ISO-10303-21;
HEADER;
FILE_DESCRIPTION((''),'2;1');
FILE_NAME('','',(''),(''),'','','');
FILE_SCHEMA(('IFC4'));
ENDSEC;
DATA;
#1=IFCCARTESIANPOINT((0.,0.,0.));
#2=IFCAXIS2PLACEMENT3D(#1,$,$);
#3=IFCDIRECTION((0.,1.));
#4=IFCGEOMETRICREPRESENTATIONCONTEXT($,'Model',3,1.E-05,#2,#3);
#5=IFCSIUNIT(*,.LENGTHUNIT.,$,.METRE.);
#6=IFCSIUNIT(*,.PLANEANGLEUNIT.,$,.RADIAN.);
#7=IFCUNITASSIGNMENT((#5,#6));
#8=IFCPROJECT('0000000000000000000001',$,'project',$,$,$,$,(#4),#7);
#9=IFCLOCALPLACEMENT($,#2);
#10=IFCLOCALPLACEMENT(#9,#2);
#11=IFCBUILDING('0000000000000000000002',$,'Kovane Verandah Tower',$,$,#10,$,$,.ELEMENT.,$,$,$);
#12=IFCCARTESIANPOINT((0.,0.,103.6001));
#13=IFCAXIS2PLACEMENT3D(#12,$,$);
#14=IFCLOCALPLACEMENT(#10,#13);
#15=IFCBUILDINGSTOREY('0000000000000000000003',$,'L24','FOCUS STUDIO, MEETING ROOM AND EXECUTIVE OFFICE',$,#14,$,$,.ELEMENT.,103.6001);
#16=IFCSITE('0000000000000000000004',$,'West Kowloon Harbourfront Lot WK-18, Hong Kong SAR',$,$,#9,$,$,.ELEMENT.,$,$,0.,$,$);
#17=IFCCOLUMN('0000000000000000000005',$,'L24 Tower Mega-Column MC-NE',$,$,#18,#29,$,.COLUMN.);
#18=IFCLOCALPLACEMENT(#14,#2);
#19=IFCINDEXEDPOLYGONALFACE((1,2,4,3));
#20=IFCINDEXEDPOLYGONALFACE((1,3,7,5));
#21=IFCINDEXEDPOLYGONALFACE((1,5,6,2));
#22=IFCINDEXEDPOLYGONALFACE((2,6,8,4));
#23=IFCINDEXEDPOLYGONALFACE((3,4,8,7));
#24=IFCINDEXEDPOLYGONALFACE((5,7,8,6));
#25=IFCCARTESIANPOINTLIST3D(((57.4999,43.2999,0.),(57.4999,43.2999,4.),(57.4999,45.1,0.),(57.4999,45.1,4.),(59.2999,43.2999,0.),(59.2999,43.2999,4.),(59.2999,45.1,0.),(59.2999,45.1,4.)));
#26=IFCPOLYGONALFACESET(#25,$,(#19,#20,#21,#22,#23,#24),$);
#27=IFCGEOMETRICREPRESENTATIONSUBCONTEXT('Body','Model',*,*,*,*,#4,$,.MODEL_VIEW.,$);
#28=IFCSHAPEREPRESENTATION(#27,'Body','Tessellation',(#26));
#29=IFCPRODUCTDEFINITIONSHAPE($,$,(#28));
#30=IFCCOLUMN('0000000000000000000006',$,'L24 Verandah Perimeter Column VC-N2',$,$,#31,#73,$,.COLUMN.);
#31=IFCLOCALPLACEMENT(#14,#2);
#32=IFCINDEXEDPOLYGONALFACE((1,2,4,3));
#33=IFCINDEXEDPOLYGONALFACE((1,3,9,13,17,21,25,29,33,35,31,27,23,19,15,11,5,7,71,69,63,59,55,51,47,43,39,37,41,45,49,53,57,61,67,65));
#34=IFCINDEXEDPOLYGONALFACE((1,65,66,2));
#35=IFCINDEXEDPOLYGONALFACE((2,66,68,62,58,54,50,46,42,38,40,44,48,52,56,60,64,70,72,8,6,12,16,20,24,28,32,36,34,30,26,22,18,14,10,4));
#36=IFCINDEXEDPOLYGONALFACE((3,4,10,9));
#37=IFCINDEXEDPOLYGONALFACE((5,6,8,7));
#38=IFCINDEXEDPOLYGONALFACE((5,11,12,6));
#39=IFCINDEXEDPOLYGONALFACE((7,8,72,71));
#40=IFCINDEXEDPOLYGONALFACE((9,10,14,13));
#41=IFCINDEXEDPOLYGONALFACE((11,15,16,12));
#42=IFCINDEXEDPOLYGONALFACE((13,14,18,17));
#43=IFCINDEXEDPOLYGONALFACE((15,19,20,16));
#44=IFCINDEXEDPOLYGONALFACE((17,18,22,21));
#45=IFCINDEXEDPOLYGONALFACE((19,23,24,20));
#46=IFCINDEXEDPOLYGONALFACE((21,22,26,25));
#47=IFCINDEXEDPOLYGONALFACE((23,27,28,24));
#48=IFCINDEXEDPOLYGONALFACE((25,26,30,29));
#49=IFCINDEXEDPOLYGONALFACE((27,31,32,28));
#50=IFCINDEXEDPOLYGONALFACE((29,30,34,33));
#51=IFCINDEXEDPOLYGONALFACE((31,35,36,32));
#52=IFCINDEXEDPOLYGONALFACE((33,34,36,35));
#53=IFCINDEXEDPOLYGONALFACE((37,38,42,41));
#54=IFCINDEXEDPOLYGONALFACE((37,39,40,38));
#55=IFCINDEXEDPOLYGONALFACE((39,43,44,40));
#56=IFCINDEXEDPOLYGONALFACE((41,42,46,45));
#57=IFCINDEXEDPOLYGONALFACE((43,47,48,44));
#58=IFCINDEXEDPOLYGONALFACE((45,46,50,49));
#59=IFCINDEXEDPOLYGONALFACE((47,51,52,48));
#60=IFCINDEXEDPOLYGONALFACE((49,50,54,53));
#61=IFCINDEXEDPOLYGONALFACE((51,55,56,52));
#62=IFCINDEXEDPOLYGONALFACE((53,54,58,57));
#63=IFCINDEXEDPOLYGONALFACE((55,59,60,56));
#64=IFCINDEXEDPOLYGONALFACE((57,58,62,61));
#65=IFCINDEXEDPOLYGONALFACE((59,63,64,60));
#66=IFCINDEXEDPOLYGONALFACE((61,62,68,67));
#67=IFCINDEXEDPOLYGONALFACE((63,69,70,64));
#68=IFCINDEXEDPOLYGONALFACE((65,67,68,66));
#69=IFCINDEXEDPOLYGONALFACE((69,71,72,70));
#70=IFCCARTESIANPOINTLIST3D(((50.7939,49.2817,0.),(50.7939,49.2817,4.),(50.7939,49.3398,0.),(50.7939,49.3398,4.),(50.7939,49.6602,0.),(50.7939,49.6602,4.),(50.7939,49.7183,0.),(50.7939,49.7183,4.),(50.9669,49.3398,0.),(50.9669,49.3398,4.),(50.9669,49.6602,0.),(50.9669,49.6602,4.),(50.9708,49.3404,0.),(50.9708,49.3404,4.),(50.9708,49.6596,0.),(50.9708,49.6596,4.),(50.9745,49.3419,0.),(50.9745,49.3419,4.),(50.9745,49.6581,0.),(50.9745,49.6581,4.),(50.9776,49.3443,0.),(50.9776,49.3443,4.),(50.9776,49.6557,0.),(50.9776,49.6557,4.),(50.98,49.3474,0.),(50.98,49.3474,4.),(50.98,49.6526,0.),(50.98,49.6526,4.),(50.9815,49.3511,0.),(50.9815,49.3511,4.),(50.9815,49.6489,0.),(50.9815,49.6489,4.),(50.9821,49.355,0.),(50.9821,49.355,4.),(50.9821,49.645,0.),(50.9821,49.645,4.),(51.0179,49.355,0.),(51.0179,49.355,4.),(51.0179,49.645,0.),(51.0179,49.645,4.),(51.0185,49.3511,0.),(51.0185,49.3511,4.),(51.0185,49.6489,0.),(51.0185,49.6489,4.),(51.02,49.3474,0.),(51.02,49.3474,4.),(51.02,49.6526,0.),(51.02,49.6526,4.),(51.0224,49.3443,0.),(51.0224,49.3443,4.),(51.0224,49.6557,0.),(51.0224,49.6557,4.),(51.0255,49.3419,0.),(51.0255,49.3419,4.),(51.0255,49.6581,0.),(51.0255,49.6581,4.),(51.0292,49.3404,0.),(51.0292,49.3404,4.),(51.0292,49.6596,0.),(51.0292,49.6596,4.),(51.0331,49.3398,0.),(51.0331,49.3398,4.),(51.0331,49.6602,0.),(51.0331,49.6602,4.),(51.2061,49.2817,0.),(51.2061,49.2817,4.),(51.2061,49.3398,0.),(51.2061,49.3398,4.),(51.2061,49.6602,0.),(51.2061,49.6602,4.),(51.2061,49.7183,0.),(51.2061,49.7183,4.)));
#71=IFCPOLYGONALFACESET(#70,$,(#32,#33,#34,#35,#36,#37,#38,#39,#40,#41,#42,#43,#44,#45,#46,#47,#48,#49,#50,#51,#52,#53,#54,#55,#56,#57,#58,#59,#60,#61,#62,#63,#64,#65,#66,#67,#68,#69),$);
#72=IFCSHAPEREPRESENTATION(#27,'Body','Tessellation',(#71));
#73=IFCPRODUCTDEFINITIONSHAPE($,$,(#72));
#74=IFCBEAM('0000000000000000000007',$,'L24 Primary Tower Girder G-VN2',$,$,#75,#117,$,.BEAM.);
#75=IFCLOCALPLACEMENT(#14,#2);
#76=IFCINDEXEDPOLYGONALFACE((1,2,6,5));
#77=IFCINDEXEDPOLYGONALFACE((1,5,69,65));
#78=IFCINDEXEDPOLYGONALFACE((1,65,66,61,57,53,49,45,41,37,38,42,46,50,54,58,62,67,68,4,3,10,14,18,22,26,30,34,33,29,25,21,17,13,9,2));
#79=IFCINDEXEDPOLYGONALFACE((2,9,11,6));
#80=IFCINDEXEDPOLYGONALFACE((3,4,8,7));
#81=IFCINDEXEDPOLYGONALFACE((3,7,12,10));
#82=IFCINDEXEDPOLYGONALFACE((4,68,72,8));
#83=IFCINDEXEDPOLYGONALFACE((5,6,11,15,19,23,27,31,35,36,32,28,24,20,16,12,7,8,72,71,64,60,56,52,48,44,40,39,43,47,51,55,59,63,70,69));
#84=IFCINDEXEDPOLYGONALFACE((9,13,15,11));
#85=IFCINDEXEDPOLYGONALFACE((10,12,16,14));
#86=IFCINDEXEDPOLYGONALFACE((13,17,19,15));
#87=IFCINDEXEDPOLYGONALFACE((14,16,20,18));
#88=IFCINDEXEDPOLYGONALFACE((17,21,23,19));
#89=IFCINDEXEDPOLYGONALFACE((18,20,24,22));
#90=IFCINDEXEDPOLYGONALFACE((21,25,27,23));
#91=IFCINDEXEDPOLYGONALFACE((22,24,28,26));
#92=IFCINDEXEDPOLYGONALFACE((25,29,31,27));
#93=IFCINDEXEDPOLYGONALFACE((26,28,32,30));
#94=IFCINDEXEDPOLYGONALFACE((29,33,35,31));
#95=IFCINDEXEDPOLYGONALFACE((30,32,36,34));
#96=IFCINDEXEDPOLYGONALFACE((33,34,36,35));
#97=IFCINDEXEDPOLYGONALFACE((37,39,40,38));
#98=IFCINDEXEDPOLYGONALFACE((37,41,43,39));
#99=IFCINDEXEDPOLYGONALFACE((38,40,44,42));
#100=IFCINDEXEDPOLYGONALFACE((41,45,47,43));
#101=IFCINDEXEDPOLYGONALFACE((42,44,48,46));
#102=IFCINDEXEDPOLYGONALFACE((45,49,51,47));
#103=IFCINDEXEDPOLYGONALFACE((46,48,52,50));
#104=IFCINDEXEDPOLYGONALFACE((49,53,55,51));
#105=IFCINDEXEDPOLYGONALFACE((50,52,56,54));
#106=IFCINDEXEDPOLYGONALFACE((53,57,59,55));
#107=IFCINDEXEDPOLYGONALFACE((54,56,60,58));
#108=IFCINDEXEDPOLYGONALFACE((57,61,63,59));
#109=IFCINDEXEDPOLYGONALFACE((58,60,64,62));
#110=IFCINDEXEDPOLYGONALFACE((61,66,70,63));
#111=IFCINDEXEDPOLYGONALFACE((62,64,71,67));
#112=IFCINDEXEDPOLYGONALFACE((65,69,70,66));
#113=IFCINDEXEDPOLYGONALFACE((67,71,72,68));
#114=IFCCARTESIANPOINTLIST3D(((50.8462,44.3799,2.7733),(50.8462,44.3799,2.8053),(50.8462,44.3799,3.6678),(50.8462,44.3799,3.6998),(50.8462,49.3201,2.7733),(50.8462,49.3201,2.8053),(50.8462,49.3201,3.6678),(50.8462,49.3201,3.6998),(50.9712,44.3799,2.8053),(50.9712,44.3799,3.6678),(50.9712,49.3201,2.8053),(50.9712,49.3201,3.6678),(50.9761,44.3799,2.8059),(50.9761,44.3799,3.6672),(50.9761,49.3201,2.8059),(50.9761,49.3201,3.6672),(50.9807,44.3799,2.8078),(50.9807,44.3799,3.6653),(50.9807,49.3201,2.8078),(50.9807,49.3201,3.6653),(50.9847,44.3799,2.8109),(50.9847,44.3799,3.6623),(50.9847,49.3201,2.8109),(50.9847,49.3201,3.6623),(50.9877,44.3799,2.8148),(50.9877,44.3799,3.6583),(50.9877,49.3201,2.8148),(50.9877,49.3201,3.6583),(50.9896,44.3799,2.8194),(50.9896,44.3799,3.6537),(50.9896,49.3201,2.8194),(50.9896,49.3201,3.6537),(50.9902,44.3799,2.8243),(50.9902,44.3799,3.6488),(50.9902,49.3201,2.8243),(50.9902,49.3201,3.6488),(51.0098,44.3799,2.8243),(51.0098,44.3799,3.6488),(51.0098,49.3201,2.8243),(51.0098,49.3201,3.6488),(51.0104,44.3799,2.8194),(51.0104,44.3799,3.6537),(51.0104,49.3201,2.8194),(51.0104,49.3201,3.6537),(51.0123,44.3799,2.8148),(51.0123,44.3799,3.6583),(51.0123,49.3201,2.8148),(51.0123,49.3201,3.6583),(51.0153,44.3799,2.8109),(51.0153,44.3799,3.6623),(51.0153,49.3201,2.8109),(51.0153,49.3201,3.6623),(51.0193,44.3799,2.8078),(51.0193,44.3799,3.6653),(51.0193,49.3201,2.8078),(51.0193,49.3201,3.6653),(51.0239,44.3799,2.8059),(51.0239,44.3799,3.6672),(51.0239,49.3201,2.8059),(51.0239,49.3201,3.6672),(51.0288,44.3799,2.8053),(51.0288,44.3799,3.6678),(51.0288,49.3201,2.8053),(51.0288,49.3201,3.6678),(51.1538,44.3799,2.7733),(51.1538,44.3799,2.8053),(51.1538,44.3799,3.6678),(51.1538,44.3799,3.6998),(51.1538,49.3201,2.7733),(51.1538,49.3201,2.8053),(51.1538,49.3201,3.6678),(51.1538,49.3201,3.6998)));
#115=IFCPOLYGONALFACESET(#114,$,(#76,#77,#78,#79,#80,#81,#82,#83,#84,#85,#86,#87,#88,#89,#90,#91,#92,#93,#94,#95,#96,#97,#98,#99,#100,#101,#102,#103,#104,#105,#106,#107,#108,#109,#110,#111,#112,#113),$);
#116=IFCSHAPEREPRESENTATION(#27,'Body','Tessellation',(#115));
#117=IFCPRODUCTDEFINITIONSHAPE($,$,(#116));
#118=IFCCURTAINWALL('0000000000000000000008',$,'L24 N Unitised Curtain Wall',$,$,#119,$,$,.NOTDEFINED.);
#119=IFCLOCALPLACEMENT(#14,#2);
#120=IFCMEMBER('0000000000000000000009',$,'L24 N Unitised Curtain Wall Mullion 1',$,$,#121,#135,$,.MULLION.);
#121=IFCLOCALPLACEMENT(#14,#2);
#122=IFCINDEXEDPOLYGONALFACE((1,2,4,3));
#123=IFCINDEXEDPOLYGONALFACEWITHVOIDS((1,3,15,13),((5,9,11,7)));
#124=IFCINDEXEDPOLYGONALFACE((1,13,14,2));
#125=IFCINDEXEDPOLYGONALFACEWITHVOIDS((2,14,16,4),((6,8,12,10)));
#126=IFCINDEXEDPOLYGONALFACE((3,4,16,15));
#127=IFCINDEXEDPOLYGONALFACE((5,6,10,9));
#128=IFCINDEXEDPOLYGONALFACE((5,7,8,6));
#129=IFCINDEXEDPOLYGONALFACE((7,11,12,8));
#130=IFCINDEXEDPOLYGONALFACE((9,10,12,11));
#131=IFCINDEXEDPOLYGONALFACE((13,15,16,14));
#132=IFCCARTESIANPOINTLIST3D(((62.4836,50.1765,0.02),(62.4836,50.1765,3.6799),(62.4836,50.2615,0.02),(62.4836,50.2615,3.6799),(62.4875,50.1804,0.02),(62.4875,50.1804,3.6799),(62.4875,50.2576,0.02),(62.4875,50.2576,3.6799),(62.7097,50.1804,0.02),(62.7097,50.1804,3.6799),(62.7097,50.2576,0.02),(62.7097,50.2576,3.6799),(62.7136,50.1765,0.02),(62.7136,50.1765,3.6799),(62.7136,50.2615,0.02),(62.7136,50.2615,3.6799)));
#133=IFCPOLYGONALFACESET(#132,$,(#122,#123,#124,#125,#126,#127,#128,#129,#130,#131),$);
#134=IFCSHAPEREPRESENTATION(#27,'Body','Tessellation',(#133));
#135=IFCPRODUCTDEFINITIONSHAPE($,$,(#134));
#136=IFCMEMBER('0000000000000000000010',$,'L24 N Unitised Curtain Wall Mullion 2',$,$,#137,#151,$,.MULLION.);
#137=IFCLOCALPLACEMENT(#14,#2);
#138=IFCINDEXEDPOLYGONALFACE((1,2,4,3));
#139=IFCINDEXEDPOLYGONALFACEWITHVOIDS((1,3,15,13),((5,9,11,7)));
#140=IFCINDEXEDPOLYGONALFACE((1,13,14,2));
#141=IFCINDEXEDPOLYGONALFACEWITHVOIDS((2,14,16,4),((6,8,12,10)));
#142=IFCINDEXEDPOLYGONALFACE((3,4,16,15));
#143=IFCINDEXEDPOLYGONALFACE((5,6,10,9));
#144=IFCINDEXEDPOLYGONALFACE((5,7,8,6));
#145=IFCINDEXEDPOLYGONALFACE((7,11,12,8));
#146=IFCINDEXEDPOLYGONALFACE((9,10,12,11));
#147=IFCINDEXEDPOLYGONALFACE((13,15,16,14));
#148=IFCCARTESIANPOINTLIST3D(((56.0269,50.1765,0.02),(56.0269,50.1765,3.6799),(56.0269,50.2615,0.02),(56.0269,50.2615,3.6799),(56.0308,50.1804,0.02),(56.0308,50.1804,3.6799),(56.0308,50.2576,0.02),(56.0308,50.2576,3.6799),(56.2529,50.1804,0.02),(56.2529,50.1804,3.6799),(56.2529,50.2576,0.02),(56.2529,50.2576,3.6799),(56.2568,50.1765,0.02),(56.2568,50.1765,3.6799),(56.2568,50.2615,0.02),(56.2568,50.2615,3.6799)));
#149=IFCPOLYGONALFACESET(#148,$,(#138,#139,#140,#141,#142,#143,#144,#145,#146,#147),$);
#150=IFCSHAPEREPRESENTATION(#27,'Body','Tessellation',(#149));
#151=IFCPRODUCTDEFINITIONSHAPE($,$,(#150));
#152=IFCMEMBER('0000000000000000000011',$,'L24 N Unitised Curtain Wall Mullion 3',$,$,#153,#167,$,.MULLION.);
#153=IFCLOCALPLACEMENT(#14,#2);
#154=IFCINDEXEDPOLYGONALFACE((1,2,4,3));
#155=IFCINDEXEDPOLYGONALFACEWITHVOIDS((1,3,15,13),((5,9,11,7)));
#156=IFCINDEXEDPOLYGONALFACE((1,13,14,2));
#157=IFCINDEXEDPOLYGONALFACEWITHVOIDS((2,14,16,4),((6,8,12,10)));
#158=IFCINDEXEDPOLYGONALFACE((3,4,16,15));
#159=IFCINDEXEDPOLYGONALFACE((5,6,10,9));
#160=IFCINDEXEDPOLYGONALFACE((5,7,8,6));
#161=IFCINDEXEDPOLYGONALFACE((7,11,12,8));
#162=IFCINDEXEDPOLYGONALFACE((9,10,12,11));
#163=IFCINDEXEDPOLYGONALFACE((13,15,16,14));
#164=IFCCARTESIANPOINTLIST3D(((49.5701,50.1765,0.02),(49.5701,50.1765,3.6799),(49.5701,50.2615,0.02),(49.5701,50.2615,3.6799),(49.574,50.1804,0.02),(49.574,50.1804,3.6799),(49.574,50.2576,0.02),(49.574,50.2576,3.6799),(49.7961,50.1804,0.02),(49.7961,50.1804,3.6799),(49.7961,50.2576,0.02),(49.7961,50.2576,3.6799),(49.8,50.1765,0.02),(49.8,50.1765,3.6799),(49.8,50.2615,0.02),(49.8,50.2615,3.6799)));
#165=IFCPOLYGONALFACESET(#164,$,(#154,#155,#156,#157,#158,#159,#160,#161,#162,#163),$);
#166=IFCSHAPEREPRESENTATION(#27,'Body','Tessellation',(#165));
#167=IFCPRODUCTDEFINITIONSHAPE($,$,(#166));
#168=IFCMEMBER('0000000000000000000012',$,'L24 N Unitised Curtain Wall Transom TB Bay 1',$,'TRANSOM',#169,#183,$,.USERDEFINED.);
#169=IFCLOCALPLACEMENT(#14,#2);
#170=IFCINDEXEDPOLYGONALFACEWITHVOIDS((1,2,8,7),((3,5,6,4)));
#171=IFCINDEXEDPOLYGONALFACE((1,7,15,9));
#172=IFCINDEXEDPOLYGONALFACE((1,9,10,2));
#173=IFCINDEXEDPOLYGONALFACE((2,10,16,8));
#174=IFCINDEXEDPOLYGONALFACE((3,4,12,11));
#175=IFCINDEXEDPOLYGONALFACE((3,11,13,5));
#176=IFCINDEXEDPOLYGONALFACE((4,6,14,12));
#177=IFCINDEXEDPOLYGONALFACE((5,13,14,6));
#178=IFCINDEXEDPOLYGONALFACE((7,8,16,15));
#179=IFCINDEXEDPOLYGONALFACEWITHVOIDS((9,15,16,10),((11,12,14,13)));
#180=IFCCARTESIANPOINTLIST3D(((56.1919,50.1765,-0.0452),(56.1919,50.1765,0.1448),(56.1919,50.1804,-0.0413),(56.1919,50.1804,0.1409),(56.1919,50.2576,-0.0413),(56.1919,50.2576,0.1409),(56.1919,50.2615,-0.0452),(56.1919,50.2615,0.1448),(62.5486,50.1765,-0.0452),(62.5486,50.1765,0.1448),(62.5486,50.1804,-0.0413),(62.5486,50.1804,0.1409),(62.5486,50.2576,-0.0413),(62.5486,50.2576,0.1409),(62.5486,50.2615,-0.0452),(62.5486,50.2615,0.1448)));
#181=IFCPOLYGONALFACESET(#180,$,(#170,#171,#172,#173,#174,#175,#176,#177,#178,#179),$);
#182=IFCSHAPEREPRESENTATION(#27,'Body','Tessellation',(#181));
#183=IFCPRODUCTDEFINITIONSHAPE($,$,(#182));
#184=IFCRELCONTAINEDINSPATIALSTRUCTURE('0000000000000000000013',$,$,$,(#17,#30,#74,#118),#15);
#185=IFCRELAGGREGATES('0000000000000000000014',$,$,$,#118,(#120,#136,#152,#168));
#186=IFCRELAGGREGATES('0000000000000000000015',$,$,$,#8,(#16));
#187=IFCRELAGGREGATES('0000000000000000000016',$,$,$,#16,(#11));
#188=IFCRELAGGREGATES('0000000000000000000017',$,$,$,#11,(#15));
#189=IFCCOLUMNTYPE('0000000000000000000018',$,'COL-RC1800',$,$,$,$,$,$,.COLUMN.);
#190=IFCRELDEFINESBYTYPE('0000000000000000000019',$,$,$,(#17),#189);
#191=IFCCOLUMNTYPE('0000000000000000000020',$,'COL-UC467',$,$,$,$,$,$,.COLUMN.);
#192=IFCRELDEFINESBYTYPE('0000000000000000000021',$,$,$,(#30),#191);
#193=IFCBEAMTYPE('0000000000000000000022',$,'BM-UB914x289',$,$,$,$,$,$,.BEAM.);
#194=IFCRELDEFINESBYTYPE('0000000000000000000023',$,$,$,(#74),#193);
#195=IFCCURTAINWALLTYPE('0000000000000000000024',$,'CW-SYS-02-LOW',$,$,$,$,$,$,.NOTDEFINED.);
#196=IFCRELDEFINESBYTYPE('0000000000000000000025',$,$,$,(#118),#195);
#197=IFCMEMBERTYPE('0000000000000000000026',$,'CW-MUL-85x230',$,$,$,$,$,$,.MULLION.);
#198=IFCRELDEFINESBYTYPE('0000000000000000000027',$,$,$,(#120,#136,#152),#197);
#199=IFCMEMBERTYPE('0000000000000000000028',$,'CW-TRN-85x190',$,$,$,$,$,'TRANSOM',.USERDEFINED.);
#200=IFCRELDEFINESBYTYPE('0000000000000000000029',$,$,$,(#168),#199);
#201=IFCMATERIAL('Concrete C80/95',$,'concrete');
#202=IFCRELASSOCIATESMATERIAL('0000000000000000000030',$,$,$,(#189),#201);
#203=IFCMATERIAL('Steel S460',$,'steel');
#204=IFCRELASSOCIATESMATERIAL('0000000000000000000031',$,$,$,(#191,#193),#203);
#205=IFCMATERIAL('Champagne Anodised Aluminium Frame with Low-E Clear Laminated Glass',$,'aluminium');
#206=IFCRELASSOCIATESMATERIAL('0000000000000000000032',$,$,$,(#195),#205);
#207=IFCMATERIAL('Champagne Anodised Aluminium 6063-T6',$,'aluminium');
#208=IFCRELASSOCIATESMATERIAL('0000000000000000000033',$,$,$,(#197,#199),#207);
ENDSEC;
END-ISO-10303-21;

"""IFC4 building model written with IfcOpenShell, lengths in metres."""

from ifc_helpers import new_model, si_unit, direction, frame, origin, origin_2d, place, context, subcontext, project, spatial, rectangle, hollow_rectangle, i_section, extrude, material, material_profile, profile_set, type_object, element, aggregate, save


model = new_model("IFC4")

# Units and contexts
model_context = context("Model", 3, precision=1e-05, world=origin(), true_north=direction((0.0, 1.0)))
body_context = subcontext(model_context, "Body", "Model", "MODEL_VIEW")
ifc_project = project(units=[si_unit("LENGTHUNIT", "METRE"), si_unit("PLANEANGLEUNIT", "RADIAN")], contexts=[model_context])

# Site, building, storey
site_placement = place(None, origin())
site = spatial("IfcSite", under=ifc_project, at=site_placement, Name="West Kowloon Harbourfront Lot WK-18, Hong Kong SAR", CompositionType="ELEMENT", RefElevation=0.0)
building_placement = place(site_placement, origin())
building = spatial("IfcBuilding", under=site, at=building_placement, Name="Kovane Verandah Tower", CompositionType="ELEMENT")
storey_placement = place(building_placement, frame((0.0, 0.0, 103.6001)))
storey = spatial("IfcBuildingStorey", under=building, at=storey_placement, Name="L24", Description="FOCUS STUDIO, MEETING ROOM AND EXECUTIVE OFFICE", CompositionType="ELEMENT", Elevation=103.6001)

# Columns
ifc_material_1 = material(Name="Concrete C80/95", Category="concrete")
ifc_material_profile_1 = material_profile(ifc_material_1, rectangle(XDim=1.8, YDim=1.8, at=origin_2d()), Name="RC1800x1800")
ifc_profile_set_1 = profile_set([ifc_material_profile_1], Name="Concrete C80/95")
column_type_1 = type_object("IfcColumnType", Name="COL-RC1800", PredefinedType="COLUMN", material=ifc_profile_set_1)
column_1_placement = place(storey_placement, frame((58.3999, 44.2, 0.0), z_axis=(0.0, 0.0, 1.0), x_axis=(1.0, 0.0, 0.0)))
element("IfcColumn", 1, at=column_1_placement, inside=storey, type_object=column_type_1, Name="L24 Tower Mega-Column MC-NE", PredefinedType="COLUMN", context=body_context, shape_type="SweptSolid", body=[
    extrude(rectangle(XDim=1.8, YDim=1.8, at=origin_2d()), origin(), (0.0, 0.0, 1.0), 4.0),
])
ifc_material_2 = material(Name="Steel S460", Category="steel")
ifc_material_profile_2 = material_profile(ifc_material_2, i_section(OverallWidth=0.4121, OverallDepth=0.4365, WebThickness=0.0359, FlangeThickness=0.0581, FilletRadius=0.0151, at=origin_2d()), Name="UC356x406x467")
ifc_profile_set_2 = profile_set([ifc_material_profile_2], Name="Steel S460")
column_type_2 = type_object("IfcColumnType", Name="COL-UC467", PredefinedType="COLUMN", material=ifc_profile_set_2)
column_2_placement = place(storey_placement, frame((51.0, 49.5, 0.0), z_axis=(0.0, 0.0, 1.0), x_axis=(1.0, 0.0, 0.0)))
element("IfcColumn", 2, at=column_2_placement, inside=storey, type_object=column_type_2, Name="L24 Verandah Perimeter Column VC-N2", PredefinedType="COLUMN", context=body_context, shape_type="SweptSolid", body=[
    extrude(i_section(OverallWidth=0.4121, OverallDepth=0.4365, WebThickness=0.0359, FlangeThickness=0.0581, FilletRadius=0.0151, at=origin_2d()), origin(), (0.0, 0.0, 1.0), 4.0),
])

# Beam
ifc_material_profile_3 = material_profile(ifc_material_2, i_section(OverallWidth=0.3076, OverallDepth=0.9265, WebThickness=0.0195, FlangeThickness=0.032, FilletRadius=0.019, at=origin_2d()), Name="UB914x305x289")
ifc_profile_set_3 = profile_set([ifc_material_profile_3], Name="Steel S460")
beam_type = type_object("IfcBeamType", Name="BM-UB914x289", PredefinedType="BEAM", material=ifc_profile_set_3)
beam_placement = place(storey_placement, frame((51.0, 44.3799, 3.2366), z_axis=(0.0, 1.0, 0.0), x_axis=(-1.0, 0.0, 0.0)))
element("IfcBeam", 3, at=beam_placement, inside=storey, type_object=beam_type, Name="L24 Primary Tower Girder G-VN2", PredefinedType="BEAM", context=body_context, shape_type="SweptSolid", body=[
    extrude(i_section(OverallWidth=0.3076, OverallDepth=0.9265, WebThickness=0.0195, FlangeThickness=0.032, FilletRadius=0.019, at=origin_2d()), origin(), (0.0, 0.0, 1.0), 4.9402),
])

# Curtain wall, members
ifc_material_3 = material(Name="Champagne Anodised Aluminium Frame with Low-E Clear Laminated Glass", Category="aluminium")
curtain_wall_type = type_object("IfcCurtainWallType", Name="CW-SYS-02-LOW", PredefinedType="NOTDEFINED", material=ifc_material_3)
curtain_wall_placement = place(storey_placement, origin())
curtain_wall = element("IfcCurtainWall", 4, at=curtain_wall_placement, inside=storey, type_object=curtain_wall_type, Name="L24 N Unitised Curtain Wall", PredefinedType="NOTDEFINED")
ifc_material_4 = material(Name="Champagne Anodised Aluminium 6063-T6", Category="aluminium")
ifc_material_profile_4 = material_profile(ifc_material_4, hollow_rectangle(XDim=0.085, YDim=0.23, WallThickness=0.0039, at=origin_2d()), Name="AL85x230x4")
ifc_profile_set_4 = profile_set([ifc_material_profile_4], Name="Champagne Anodised Aluminium 6063-T6")
member_type_1 = type_object("IfcMemberType", Name="CW-MUL-85x230", PredefinedType="MULLION", material=ifc_profile_set_4)
member_1_placement = place(storey_placement, frame((62.5986, 50.219, 0.02), z_axis=(0.0, 0.0, 1.0), x_axis=(0.0, 1.0, 0.0)))
member_1 = element("IfcMember", 5, at=member_1_placement, type_object=member_type_1, Name="L24 N Unitised Curtain Wall Mullion 1", PredefinedType="MULLION", context=body_context, shape_type="SweptSolid", body=[
    extrude(hollow_rectangle(XDim=0.085, YDim=0.23, WallThickness=0.0039, at=origin_2d()), origin(), (0.0, 0.0, 1.0), 3.6599),
])
member_2_placement = place(storey_placement, frame((56.1418, 50.219, 0.02), z_axis=(0.0, 0.0, 1.0), x_axis=(0.0, 1.0, 0.0)))
member_2 = element("IfcMember", 6, at=member_2_placement, type_object=member_type_1, Name="L24 N Unitised Curtain Wall Mullion 2", PredefinedType="MULLION", context=body_context, shape_type="SweptSolid", body=[
    extrude(hollow_rectangle(XDim=0.085, YDim=0.23, WallThickness=0.0039, at=origin_2d()), origin(), (0.0, 0.0, 1.0), 3.6599),
])
member_3_placement = place(storey_placement, frame((49.6851, 50.219, 0.02), z_axis=(0.0, 0.0, 1.0), x_axis=(0.0, 1.0, 0.0)))
member_3 = element("IfcMember", 7, at=member_3_placement, type_object=member_type_1, Name="L24 N Unitised Curtain Wall Mullion 3", PredefinedType="MULLION", context=body_context, shape_type="SweptSolid", body=[
    extrude(hollow_rectangle(XDim=0.085, YDim=0.23, WallThickness=0.0039, at=origin_2d()), origin(), (0.0, 0.0, 1.0), 3.6599),
])
ifc_material_profile_5 = material_profile(ifc_material_4, hollow_rectangle(XDim=0.085, YDim=0.1899, WallThickness=0.0039, at=origin_2d()), Name="AL85x190x4")
ifc_profile_set_5 = profile_set([ifc_material_profile_5], Name="Champagne Anodised Aluminium 6063-T6")
member_type_2 = type_object("IfcMemberType", Name="CW-TRN-85x190", ElementType="TRANSOM", PredefinedType="USERDEFINED", material=ifc_profile_set_5)
member_4_placement = place(storey_placement, frame((62.5486, 50.219, 0.0498), z_axis=(-1.0, 0.0, 0.0), x_axis=(0.0, -1.0, 0.0)))
member_4 = element("IfcMember", 8, at=member_4_placement, type_object=member_type_2, Name="L24 N Unitised Curtain Wall Transom TB Bay 1", ObjectType="TRANSOM", PredefinedType="USERDEFINED", context=body_context, shape_type="SweptSolid", body=[
    extrude(hollow_rectangle(XDim=0.085, YDim=0.1899, WallThickness=0.0039, at=origin_2d()), origin(), (0.0, 0.0, 1.0), 6.3567),
])
aggregate(curtain_wall, [member_1, member_2, member_3, member_4])

save(model, "model.ifc")
